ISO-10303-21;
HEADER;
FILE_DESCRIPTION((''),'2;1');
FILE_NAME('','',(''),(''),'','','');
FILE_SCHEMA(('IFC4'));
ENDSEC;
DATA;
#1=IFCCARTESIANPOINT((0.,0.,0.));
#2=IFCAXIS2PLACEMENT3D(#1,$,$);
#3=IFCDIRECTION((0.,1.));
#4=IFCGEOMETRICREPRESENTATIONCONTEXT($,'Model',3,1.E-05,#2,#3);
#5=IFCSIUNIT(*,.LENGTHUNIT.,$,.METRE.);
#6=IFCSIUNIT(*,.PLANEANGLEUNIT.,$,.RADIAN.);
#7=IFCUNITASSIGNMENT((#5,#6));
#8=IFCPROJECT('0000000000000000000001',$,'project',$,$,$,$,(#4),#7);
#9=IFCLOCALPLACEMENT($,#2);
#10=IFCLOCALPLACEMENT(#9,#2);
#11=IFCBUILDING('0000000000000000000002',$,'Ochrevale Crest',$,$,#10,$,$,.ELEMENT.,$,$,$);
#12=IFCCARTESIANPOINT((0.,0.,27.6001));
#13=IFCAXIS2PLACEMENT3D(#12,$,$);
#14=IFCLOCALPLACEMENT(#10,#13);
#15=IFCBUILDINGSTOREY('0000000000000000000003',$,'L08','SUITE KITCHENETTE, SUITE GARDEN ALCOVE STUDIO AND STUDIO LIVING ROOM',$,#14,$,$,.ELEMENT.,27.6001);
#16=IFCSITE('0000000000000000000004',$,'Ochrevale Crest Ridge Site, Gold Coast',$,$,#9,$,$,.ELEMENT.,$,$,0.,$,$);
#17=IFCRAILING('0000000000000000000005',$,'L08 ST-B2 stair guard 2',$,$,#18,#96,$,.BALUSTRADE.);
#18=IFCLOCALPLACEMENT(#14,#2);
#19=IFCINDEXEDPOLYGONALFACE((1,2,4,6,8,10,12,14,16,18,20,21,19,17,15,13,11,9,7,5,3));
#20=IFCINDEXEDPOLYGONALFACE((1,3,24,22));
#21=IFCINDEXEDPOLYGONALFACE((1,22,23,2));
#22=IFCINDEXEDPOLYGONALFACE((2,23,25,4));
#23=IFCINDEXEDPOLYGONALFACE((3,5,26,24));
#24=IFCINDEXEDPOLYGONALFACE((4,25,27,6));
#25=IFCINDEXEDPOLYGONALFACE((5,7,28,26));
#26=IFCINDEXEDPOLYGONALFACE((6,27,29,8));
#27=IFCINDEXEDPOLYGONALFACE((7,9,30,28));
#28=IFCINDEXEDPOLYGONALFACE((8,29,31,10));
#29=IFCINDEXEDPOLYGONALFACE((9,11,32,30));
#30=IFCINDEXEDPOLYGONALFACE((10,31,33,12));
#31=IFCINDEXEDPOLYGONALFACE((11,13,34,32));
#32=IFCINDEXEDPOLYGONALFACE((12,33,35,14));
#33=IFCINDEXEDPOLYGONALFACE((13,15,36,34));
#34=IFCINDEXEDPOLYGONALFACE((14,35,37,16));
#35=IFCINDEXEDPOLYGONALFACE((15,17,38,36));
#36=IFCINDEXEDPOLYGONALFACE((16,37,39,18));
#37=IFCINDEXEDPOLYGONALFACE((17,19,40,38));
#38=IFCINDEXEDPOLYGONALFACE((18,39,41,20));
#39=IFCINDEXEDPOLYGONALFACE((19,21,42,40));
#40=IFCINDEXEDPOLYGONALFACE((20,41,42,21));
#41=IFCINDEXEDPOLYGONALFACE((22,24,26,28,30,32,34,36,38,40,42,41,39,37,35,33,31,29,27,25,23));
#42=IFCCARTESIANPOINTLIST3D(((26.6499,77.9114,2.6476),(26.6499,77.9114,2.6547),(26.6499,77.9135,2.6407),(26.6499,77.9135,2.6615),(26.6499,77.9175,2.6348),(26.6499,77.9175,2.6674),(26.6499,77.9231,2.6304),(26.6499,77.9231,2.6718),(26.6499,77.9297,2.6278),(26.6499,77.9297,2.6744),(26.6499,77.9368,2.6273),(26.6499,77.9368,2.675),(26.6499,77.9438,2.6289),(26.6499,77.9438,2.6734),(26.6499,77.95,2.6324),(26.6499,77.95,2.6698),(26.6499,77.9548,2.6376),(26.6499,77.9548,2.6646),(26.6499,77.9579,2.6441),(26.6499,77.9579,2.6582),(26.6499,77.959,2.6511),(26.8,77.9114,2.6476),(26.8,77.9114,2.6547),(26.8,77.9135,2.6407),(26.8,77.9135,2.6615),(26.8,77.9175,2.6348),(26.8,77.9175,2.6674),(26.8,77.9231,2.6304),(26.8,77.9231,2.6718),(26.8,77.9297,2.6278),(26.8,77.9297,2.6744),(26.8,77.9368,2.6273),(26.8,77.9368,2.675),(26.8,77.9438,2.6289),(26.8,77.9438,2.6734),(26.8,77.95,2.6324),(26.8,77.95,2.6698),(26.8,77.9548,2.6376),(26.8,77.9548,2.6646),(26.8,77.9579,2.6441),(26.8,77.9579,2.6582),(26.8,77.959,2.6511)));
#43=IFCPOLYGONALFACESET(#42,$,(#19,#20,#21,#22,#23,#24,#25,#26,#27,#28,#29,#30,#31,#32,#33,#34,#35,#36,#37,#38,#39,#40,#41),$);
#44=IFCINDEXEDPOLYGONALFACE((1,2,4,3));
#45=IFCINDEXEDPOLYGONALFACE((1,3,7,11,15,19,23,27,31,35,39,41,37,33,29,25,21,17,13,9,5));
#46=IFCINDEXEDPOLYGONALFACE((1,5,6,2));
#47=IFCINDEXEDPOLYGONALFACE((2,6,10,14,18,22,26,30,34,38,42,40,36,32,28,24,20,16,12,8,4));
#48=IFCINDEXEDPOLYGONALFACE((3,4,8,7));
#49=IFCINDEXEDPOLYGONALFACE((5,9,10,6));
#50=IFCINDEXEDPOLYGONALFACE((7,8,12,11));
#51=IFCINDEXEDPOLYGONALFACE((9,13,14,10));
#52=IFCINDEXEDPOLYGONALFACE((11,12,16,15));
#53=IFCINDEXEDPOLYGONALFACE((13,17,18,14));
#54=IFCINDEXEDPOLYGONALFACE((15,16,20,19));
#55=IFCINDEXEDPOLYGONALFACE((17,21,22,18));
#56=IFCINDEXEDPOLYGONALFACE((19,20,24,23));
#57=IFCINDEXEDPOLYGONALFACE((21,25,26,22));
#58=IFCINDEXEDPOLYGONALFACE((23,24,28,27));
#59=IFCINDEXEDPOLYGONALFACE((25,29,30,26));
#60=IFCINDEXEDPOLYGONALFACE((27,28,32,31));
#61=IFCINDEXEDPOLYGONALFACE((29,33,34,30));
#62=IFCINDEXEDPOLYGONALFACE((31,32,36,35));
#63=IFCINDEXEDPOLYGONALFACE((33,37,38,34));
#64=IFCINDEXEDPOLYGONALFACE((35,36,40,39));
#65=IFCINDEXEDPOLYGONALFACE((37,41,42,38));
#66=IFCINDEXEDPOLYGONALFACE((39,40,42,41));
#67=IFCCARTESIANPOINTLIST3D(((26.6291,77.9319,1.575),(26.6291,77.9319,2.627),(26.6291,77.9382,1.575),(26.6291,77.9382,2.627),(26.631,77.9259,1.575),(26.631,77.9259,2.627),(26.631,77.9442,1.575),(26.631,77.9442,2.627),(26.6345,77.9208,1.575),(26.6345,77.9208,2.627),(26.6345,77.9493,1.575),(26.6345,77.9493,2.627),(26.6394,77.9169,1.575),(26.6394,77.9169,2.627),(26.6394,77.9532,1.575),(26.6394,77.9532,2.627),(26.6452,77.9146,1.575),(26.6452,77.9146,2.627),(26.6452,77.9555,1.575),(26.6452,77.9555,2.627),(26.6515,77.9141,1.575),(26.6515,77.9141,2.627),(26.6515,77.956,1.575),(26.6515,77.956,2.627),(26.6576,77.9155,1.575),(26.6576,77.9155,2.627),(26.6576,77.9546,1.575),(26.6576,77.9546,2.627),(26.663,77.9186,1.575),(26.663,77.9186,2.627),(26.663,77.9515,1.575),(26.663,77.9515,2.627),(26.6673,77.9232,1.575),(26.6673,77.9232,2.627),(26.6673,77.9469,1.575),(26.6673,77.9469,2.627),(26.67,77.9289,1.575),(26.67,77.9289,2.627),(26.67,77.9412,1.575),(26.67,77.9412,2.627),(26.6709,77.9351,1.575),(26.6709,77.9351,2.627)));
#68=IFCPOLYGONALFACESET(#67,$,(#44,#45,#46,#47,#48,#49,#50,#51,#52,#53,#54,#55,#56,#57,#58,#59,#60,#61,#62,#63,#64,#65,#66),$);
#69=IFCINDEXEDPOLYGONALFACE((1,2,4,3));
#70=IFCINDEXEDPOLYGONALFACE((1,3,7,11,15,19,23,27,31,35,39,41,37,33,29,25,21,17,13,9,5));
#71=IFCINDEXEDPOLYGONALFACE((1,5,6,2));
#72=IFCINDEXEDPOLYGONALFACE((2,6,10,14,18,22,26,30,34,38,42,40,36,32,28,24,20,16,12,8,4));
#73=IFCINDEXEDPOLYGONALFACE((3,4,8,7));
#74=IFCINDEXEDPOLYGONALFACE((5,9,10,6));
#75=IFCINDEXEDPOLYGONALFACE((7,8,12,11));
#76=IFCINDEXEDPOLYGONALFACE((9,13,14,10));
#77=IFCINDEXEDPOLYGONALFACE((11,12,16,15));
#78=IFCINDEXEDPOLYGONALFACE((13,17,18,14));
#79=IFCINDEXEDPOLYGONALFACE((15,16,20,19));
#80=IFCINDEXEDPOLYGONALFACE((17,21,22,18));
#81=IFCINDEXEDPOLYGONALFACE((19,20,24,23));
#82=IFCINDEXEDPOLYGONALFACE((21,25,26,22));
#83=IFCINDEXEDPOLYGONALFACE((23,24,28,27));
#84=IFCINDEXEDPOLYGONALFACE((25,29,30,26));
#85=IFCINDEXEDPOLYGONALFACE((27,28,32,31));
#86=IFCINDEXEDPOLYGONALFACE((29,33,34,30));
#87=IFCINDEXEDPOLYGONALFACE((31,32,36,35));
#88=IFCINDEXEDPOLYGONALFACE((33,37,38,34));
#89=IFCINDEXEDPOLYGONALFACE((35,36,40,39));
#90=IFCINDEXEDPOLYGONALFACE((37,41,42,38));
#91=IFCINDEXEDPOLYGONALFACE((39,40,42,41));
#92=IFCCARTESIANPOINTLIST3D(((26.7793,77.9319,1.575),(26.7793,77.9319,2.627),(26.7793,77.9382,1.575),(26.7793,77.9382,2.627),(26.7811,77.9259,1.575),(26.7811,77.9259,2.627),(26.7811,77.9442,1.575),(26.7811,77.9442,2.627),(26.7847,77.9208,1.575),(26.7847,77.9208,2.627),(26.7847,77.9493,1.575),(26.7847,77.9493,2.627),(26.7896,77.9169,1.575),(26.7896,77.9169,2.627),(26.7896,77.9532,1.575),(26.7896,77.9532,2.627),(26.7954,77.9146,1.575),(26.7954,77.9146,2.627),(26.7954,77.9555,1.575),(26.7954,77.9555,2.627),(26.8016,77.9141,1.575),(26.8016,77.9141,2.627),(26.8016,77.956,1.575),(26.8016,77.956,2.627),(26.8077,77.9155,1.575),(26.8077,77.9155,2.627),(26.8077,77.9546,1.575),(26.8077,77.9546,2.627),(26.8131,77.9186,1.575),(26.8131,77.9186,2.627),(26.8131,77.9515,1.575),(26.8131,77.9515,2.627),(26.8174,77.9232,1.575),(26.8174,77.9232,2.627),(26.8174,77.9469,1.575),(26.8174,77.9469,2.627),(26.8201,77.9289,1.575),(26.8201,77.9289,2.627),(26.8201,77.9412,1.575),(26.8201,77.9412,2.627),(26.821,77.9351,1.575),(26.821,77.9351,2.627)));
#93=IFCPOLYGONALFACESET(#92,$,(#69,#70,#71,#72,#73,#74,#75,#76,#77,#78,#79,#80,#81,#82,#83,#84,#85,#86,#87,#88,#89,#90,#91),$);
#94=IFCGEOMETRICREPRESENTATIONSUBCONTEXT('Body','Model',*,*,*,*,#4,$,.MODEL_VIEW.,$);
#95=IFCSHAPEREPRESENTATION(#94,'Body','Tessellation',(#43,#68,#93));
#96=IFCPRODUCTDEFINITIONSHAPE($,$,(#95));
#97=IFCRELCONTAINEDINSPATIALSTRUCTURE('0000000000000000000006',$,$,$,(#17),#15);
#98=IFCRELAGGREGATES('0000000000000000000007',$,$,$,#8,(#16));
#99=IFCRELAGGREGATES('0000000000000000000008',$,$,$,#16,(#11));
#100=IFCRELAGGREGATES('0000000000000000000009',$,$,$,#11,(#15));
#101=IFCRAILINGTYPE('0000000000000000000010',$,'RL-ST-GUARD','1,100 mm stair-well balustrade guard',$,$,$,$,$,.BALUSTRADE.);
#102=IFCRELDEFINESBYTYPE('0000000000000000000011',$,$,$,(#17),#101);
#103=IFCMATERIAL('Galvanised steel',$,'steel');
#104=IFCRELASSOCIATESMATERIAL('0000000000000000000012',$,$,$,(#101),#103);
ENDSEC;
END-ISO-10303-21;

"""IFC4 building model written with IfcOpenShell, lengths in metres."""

from ifc_helpers import new_model, si_unit, direction, frame, origin, origin_2d, place, context, subcontext, project, spatial, circle, extrude, material, type_object, element, save


model = new_model("IFC4")

# Units and contexts
model_context = context("Model", 3, precision=1e-05, world=origin(), true_north=direction((0.0, 1.0)))
body_context = subcontext(model_context, "Body", "Model", "MODEL_VIEW")
ifc_project = project(units=[si_unit("LENGTHUNIT", "METRE"), si_unit("PLANEANGLEUNIT", "RADIAN")], contexts=[model_context])

# Site, building, storey
site_placement = place(None, origin())
site = spatial("IfcSite", under=ifc_project, at=site_placement, Name="Ochrevale Crest Ridge Site, Gold Coast", CompositionType="ELEMENT", RefElevation=0.0)
building_placement = place(site_placement, origin())
building = spatial("IfcBuilding", under=site, at=building_placement, Name="Ochrevale Crest", CompositionType="ELEMENT")
storey_placement = place(building_placement, frame((0.0, 0.0, 27.6001)))
storey = spatial("IfcBuildingStorey", under=building, at=storey_placement, Name="L08", Description="SUITE KITCHENETTE, SUITE GARDEN ALCOVE STUDIO AND STUDIO LIVING ROOM", CompositionType="ELEMENT", Elevation=27.6001)

# Railing
ifc_material_1 = material(Name="Galvanised steel", Category="steel")
railing_type_1 = type_object("IfcRailingType", Name="RL-ST-GUARD", Description="1,100 mm stair-well balustrade guard", PredefinedType="BALUSTRADE", material=ifc_material_1)
railing_1_placement = place(storey_placement, frame((26.6499, 77.9351, 1.575)))
element("IfcRailing", 1, at=railing_1_placement, inside=storey, type_object=railing_type_1, Name="L08 ST-B2 stair guard 2", PredefinedType="BALUSTRADE", context=body_context, shape_type="SweptSolid", body=[
    extrude(circle(Radius=0.0239, at=origin_2d()), frame((0.0, 0.0, 1.0762), z_axis=(1.0, 0.0, 0.0), x_axis=(0.0, 1.0, 0.0)), (0.0, 0.0, 1.0), 0.1501),
    extrude(circle(Radius=0.021, at=origin_2d()), origin(), (0.0, 0.0, 1.0), 1.052),
    extrude(circle(Radius=0.021, at=origin_2d()), frame((0.1501, 0.0, 0.0)), (0.0, 0.0, 1.0), 1.052),
])

save(model, "model.ifc")
